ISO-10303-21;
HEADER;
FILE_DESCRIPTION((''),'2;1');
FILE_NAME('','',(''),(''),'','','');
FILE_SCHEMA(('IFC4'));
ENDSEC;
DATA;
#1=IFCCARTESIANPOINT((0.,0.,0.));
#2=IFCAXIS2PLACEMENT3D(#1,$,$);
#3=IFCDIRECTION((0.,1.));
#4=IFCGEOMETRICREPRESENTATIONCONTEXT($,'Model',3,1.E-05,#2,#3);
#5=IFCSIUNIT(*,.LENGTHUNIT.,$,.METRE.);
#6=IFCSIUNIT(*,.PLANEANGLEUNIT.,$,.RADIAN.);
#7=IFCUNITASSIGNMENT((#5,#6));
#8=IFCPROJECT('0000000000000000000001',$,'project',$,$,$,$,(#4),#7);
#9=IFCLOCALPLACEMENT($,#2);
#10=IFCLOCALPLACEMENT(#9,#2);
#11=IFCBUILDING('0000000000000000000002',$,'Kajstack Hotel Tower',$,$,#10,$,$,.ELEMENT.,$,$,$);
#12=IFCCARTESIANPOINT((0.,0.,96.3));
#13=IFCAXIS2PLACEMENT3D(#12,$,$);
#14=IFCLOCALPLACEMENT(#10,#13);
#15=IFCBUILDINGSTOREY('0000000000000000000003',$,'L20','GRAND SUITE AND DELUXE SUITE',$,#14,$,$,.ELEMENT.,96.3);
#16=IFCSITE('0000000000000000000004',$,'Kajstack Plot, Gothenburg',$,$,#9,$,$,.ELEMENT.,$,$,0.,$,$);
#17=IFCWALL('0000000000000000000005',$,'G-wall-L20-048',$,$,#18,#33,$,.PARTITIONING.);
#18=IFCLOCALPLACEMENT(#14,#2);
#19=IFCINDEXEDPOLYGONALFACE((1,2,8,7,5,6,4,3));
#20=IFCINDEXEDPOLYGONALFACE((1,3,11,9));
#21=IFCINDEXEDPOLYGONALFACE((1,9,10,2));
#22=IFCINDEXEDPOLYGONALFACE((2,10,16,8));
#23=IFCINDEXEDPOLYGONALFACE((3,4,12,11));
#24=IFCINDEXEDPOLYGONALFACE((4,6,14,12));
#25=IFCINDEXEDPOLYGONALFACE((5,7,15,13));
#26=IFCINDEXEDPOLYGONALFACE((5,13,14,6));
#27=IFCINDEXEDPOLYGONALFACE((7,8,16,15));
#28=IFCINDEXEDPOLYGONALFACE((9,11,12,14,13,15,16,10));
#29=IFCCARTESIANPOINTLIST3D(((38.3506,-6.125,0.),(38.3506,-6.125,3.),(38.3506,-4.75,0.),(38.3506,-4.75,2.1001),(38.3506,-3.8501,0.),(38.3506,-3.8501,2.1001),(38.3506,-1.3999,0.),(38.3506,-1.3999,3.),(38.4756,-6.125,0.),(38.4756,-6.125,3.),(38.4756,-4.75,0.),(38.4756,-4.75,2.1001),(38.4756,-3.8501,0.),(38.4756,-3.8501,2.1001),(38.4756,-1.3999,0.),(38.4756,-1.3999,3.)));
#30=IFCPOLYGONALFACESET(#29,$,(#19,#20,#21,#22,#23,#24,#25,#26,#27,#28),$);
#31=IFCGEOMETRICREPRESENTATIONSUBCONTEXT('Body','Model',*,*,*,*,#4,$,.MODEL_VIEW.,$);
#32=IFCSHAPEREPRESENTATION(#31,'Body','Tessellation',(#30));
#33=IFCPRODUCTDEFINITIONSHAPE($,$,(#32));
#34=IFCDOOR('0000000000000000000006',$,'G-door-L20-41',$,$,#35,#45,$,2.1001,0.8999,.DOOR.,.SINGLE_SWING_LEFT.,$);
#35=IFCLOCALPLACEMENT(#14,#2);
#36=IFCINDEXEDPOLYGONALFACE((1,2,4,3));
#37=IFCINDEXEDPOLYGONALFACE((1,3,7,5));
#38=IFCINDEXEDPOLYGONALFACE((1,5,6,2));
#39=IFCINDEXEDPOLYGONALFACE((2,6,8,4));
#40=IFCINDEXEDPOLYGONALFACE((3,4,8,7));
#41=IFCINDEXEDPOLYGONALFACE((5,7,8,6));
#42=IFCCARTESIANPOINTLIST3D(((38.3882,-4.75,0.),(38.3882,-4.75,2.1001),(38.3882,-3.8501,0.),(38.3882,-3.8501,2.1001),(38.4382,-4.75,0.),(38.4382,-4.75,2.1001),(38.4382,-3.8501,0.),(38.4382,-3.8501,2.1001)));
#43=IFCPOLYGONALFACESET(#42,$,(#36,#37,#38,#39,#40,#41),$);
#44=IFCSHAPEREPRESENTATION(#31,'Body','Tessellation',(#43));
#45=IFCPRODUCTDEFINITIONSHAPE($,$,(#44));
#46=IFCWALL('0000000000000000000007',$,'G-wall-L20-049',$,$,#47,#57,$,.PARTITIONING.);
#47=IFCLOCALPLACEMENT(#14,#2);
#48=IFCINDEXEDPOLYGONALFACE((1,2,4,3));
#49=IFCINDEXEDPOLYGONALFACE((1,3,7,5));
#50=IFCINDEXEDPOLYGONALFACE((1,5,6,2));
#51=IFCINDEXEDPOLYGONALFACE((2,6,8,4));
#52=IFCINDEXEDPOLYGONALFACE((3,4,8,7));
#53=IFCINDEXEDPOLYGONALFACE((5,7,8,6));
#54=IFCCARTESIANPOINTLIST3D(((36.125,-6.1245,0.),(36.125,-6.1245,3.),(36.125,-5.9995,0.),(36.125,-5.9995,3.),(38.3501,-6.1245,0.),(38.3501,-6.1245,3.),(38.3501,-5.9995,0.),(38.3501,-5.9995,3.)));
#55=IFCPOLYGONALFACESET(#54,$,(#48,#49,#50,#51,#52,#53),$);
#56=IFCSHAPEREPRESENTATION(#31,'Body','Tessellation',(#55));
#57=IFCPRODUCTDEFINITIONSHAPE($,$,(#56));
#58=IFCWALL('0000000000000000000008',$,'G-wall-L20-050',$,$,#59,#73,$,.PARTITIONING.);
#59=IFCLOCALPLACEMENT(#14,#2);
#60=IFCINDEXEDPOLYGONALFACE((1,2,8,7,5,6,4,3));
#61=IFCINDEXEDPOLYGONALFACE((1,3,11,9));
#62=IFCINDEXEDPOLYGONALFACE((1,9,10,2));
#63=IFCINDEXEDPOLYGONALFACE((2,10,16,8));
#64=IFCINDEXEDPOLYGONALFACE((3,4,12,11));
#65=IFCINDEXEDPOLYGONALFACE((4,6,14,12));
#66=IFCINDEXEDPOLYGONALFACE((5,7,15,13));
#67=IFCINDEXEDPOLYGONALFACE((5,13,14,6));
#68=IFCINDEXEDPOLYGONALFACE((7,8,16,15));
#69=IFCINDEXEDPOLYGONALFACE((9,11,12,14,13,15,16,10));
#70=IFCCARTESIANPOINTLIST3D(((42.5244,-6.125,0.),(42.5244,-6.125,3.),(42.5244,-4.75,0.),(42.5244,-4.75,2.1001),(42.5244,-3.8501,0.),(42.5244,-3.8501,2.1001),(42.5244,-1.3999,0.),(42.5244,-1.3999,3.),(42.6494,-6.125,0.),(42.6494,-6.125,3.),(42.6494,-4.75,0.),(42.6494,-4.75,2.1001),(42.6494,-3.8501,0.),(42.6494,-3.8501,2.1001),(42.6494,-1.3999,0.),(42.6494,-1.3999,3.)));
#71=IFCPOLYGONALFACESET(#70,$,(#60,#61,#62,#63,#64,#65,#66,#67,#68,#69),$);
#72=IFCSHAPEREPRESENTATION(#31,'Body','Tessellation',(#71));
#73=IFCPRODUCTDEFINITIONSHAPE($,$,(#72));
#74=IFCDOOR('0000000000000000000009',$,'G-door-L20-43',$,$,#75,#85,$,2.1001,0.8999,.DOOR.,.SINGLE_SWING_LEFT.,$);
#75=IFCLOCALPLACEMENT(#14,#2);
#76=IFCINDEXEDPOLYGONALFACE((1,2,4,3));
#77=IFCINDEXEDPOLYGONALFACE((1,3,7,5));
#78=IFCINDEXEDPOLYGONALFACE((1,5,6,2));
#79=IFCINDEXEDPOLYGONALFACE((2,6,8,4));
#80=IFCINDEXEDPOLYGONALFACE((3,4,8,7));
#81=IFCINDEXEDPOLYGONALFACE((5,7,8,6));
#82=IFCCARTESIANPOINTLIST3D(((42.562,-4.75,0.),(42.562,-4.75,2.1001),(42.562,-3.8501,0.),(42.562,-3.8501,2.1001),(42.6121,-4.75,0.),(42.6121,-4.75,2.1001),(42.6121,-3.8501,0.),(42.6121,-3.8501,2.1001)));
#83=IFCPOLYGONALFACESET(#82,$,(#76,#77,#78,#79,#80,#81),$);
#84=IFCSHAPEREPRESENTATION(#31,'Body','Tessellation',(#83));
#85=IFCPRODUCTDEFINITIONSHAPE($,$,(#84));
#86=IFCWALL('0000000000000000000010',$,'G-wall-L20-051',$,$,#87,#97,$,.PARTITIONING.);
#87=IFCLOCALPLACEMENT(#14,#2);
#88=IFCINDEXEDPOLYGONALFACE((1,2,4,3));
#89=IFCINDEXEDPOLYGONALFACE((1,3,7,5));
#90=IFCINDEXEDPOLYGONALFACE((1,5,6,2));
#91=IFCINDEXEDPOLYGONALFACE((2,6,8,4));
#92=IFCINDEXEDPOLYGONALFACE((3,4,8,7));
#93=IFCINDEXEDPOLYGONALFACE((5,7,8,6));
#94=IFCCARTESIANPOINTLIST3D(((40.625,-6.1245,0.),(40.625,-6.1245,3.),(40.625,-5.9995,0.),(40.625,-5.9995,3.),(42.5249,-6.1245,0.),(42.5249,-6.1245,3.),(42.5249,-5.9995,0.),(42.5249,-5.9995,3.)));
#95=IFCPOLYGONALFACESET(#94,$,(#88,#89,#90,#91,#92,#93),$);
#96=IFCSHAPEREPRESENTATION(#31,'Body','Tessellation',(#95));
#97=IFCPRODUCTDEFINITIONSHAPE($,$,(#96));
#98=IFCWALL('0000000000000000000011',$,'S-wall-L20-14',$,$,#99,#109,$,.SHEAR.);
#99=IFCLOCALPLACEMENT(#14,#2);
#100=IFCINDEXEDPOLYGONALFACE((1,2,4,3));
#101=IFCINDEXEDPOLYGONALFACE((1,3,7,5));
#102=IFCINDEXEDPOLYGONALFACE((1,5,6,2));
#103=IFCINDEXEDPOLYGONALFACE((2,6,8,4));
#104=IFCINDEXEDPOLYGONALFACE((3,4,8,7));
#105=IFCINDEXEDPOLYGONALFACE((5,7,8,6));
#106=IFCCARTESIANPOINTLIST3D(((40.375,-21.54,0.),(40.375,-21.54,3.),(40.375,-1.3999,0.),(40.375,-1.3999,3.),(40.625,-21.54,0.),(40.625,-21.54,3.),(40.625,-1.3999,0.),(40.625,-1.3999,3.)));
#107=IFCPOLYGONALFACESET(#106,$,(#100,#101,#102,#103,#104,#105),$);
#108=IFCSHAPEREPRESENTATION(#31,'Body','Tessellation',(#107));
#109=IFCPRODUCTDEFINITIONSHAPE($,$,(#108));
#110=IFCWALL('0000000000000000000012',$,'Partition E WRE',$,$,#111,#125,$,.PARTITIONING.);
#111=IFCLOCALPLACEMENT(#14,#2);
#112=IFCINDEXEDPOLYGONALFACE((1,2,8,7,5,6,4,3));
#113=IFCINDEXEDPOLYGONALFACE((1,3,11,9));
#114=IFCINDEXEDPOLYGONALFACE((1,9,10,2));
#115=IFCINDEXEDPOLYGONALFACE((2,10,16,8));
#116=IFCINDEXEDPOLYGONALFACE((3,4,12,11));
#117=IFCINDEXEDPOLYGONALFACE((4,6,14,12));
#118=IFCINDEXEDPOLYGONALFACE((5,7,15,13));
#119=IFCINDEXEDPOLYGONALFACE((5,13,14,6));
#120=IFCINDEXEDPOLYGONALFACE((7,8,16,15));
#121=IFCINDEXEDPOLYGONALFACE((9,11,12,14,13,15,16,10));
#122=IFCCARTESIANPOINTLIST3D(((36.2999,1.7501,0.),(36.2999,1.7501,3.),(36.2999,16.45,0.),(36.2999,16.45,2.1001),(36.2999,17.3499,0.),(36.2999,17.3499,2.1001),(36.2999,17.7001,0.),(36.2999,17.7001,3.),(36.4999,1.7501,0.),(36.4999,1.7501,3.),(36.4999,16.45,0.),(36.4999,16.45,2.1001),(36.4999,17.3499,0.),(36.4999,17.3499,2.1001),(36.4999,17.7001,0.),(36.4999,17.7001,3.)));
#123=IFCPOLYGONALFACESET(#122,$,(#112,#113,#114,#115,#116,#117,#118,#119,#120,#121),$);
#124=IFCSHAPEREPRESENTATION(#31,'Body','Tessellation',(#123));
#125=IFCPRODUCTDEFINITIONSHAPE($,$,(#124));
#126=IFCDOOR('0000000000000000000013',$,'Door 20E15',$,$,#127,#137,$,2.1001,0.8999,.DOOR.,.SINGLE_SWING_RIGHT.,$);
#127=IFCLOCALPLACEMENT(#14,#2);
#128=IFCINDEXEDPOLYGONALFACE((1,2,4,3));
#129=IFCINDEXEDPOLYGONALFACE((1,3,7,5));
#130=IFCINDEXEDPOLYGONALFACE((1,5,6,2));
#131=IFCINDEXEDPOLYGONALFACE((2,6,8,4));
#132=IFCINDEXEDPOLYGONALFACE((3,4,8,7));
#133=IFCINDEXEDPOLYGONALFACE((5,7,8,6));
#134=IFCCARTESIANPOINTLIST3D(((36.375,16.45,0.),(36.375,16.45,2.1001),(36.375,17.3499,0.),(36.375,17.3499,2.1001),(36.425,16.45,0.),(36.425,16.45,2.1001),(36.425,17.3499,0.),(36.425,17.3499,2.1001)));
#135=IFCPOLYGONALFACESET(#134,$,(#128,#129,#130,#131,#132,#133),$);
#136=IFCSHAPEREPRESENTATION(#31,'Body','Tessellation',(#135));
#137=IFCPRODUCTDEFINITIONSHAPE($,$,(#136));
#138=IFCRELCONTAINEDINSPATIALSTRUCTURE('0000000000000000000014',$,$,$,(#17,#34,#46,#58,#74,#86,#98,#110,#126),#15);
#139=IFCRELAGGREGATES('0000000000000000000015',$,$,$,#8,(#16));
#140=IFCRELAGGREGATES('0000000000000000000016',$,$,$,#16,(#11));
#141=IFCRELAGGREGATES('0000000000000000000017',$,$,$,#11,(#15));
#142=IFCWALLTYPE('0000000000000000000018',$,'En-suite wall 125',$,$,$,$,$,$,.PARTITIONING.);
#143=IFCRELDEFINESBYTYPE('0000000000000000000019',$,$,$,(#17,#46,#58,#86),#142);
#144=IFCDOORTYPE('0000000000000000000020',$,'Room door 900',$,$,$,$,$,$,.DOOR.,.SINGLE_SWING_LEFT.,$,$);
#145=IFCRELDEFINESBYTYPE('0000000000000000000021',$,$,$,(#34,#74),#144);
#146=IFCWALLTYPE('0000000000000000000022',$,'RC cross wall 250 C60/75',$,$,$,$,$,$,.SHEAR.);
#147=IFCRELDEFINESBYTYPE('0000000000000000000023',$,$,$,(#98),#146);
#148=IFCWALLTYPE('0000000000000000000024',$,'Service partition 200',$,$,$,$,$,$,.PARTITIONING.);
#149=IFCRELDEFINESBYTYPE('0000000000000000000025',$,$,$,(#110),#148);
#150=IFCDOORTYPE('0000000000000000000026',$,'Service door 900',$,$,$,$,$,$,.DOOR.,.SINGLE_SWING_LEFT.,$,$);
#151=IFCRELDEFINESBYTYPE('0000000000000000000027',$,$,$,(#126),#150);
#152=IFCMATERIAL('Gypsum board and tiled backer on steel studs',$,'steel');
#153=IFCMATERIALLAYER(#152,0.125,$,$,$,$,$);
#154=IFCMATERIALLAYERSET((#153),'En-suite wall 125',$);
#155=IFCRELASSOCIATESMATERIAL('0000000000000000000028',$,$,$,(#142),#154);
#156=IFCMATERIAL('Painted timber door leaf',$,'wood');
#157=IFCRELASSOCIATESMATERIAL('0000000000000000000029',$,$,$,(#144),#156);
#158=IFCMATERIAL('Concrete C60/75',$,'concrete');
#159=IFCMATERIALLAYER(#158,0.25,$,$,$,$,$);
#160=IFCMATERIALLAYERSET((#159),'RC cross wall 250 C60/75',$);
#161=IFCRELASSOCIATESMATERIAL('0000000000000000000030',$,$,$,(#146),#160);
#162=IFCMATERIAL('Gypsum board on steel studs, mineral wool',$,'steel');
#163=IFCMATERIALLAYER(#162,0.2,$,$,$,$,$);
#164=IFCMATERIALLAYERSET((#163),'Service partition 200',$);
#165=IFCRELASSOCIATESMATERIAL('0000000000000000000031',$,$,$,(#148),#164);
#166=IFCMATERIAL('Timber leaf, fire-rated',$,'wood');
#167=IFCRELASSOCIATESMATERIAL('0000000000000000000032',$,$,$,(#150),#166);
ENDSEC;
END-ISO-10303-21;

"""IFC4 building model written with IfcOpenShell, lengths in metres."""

from ifc_helpers import new_model, si_unit, direction, frame, frame_2d, origin, place, context, subcontext, project, spatial, rectangle, extrude, material, layer, layer_set, type_object, element, fill, save


model = new_model("IFC4")

# Units and contexts
model_context = context("Model", 3, precision=1e-05, world=origin(), true_north=direction((0.0, 1.0)))
body_context = subcontext(model_context, "Body", "Model", "MODEL_VIEW")
ifc_project = project(units=[si_unit("LENGTHUNIT", "METRE"), si_unit("PLANEANGLEUNIT", "RADIAN")], contexts=[model_context])

# Site, building, storey
site_placement = place(None, origin())
site = spatial("IfcSite", under=ifc_project, at=site_placement, Name="Kajstack Plot, Gothenburg", CompositionType="ELEMENT", RefElevation=0.0)
building_placement = place(site_placement, origin())
building = spatial("IfcBuilding", under=site, at=building_placement, Name="Kajstack Hotel Tower", CompositionType="ELEMENT")
storey_placement = place(building_placement, frame((0.0, 0.0, 96.3)))
storey = spatial("IfcBuildingStorey", under=building, at=storey_placement, Name="L20", Description="GRAND SUITE AND DELUXE SUITE", CompositionType="ELEMENT", Elevation=96.3)

# Wall, opening, door
ifc_material_1 = material(Name="Gypsum board and tiled backer on steel studs", Category="steel")
ifc_layer_1 = layer(ifc_material_1, 0.125)
ifc_layer_set_1 = layer_set([ifc_layer_1], Name="En-suite wall 125")
wall_type_1 = type_object("IfcWallType", Name="En-suite wall 125", PredefinedType="PARTITIONING", material=ifc_layer_set_1)
wall_1_placement = place(storey_placement, frame((38.4131, -6.125, 0.0), z_axis=(0.0, 0.0, 1.0), x_axis=(0.0, 1.0, 0.0)))
wall_1 = element("IfcWall", 1, at=wall_1_placement, inside=storey, type_object=wall_type_1, Name="G-wall-L20-048", PredefinedType="PARTITIONING", context=body_context, shape_type="SweptSolid", body=[
    extrude(rectangle(XDim=4.7251, YDim=0.125, at=frame_2d((2.3625, 0.0))), origin(), (0.0, 0.0, 1.0), 3.0),
])
opening_1_placement = place(wall_1_placement, frame((1.375, 0.0, 0.0)))
opening_1 = element("IfcOpeningElement", 2, at=opening_1_placement, cuts=wall_1, PredefinedType="OPENING", context=body_context, shape_type="SweptSolid", body=[
    extrude(rectangle(XDim=0.8999, YDim=2.1001, at=frame_2d((0.45, 1.05))), frame((0.0, 0.0725, 0.0), z_axis=(0.0, -1.0, 0.0), x_axis=(1.0, 0.0, 0.0)), (0.0, 0.0, 1.0), 0.145),
])
ifc_material_2 = material(Name="Painted timber door leaf", Category="wood")
door_type_1 = type_object("IfcDoorType", Name="Room door 900", OperationType="SINGLE_SWING_LEFT", PredefinedType="DOOR", material=ifc_material_2)
door_1_placement = place(opening_1_placement, origin())
door_1 = element("IfcDoor", 3, at=door_1_placement, inside=storey, type_object=door_type_1, Name="G-door-L20-41", OperationType="SINGLE_SWING_LEFT", OverallHeight=2.1001, OverallWidth=0.8999, PredefinedType="DOOR", context=body_context, shape_type="SweptSolid", body=[
    extrude(rectangle(XDim=0.8999, YDim=2.1001, at=frame_2d((0.45, 1.05))), frame((0.0, 0.0249, 0.0), z_axis=(0.0, -1.0, 0.0), x_axis=(1.0, 0.0, 0.0)), (0.0, 0.0, 1.0), 0.05),
])
fill(opening_1, door_1)

# Wall
wall_2_placement = place(storey_placement, frame((36.125, -6.062, 0.0), z_axis=(0.0, 0.0, 1.0), x_axis=(1.0, 0.0, 0.0)))
element("IfcWall", 4, at=wall_2_placement, inside=storey, type_object=wall_type_1, Name="G-wall-L20-049", PredefinedType="PARTITIONING", context=body_context, shape_type="SweptSolid", body=[
    extrude(rectangle(XDim=2.2251, YDim=0.125, at=frame_2d((1.1125, 0.0))), origin(), (0.0, 0.0, 1.0), 3.0),
])

# Wall, opening, door
wall_3_placement = place(storey_placement, frame((42.5869, -6.125, 0.0), z_axis=(0.0, 0.0, 1.0), x_axis=(0.0, 1.0, 0.0)))
wall_3 = element("IfcWall", 5, at=wall_3_placement, inside=storey, type_object=wall_type_1, Name="G-wall-L20-050", PredefinedType="PARTITIONING", context=body_context, shape_type="SweptSolid", body=[
    extrude(rectangle(XDim=4.7251, YDim=0.125, at=frame_2d((2.3625, 0.0))), origin(), (0.0, 0.0, 1.0), 3.0),
])
opening_2_placement = place(wall_3_placement, frame((1.375, 0.0, 0.0)))
opening_2 = element("IfcOpeningElement", 6, at=opening_2_placement, cuts=wall_3, PredefinedType="OPENING", context=body_context, shape_type="SweptSolid", body=[
    extrude(rectangle(XDim=0.8999, YDim=2.1001, at=frame_2d((0.45, 1.05))), frame((0.0, 0.0725, 0.0), z_axis=(0.0, -1.0, 0.0), x_axis=(1.0, 0.0, 0.0)), (0.0, 0.0, 1.0), 0.145),
])
door_2_placement = place(opening_2_placement, origin())
door_2 = element("IfcDoor", 7, at=door_2_placement, inside=storey, type_object=door_type_1, Name="G-door-L20-43", OperationType="SINGLE_SWING_LEFT", OverallHeight=2.1001, OverallWidth=0.8999, PredefinedType="DOOR", context=body_context, shape_type="SweptSolid", body=[
    extrude(rectangle(XDim=0.8999, YDim=2.1001, at=frame_2d((0.45, 1.05))), frame((0.0, 0.0249, 0.0), z_axis=(0.0, -1.0, 0.0), x_axis=(1.0, 0.0, 0.0)), (0.0, 0.0, 1.0), 0.05),
])
fill(opening_2, door_2)

# Walls
wall_4_placement = place(storey_placement, frame((40.625, -6.062, 0.0), z_axis=(0.0, 0.0, 1.0), x_axis=(1.0, 0.0, 0.0)))
element("IfcWall", 8, at=wall_4_placement, inside=storey, type_object=wall_type_1, Name="G-wall-L20-051", PredefinedType="PARTITIONING", context=body_context, shape_type="SweptSolid", body=[
    extrude(rectangle(XDim=1.8999, YDim=0.125, at=frame_2d((0.95, 0.0))), origin(), (0.0, 0.0, 1.0), 3.0),
])
ifc_material_3 = material(Name="Concrete C60/75", Category="concrete")
ifc_layer_2 = layer(ifc_material_3, 0.25)
ifc_layer_set_2 = layer_set([ifc_layer_2], Name="RC cross wall 250 C60/75")
wall_type_2 = type_object("IfcWallType", Name="RC cross wall 250 C60/75", PredefinedType="SHEAR", material=ifc_layer_set_2)
wall_5_placement = place(storey_placement, frame((40.5, -21.54, 0.0), z_axis=(0.0, 0.0, 1.0), x_axis=(0.0, 1.0, 0.0)))
element("IfcWall", 9, at=wall_5_placement, inside=storey, type_object=wall_type_2, Name="S-wall-L20-14", PredefinedType="SHEAR", context=body_context, shape_type="SweptSolid", body=[
    extrude(rectangle(XDim=20.1401, YDim=0.25, at=frame_2d((10.0701, 0.0))), origin(), (0.0, 0.0, 1.0), 3.0),
])

# Wall, opening, door
ifc_material_4 = material(Name="Gypsum board on steel studs, mineral wool", Category="steel")
ifc_layer_3 = layer(ifc_material_4, 0.2)
ifc_layer_set_3 = layer_set([ifc_layer_3], Name="Service partition 200")
wall_type_3 = type_object("IfcWallType", Name="Service partition 200", PredefinedType="PARTITIONING", material=ifc_layer_set_3)
wall_6_placement = place(storey_placement, frame((36.3999, 1.75, 0.0), z_axis=(0.0, 0.0, 1.0), x_axis=(0.0, 1.0, 0.0)))
wall_6 = element("IfcWall", 10, at=wall_6_placement, inside=storey, type_object=wall_type_3, Name="Partition E WRE", PredefinedType="PARTITIONING", context=body_context, shape_type="SweptSolid", body=[
    extrude(rectangle(XDim=15.95, YDim=0.2, at=frame_2d((7.9751, 0.0))), origin(), (0.0, 0.0, 1.0), 3.0),
])
opening_3_placement = place(wall_6_placement, frame((14.7, 0.0, 0.0)))
opening_3 = element("IfcOpeningElement", 11, at=opening_3_placement, cuts=wall_6, PredefinedType="OPENING", context=body_context, shape_type="SweptSolid", body=[
    extrude(rectangle(XDim=0.8999, YDim=2.1001, at=frame_2d((0.45, 1.05))), frame((0.0, 0.1099, 0.0), z_axis=(0.0, -1.0, 0.0), x_axis=(1.0, 0.0, 0.0)), (0.0, 0.0, 1.0), 0.22),
])
ifc_material_5 = material(Name="Timber leaf, fire-rated", Category="wood")
door_type_2 = type_object("IfcDoorType", Name="Service door 900", OperationType="SINGLE_SWING_LEFT", PredefinedType="DOOR", material=ifc_material_5)
door_3_placement = place(opening_3_placement, origin())
door_3 = element("IfcDoor", 12, at=door_3_placement, inside=storey, type_object=door_type_2, Name="Door 20E15", OperationType="SINGLE_SWING_RIGHT", OverallHeight=2.1001, OverallWidth=0.8999, PredefinedType="DOOR", context=body_context, shape_type="SweptSolid", body=[
    extrude(rectangle(XDim=0.8999, YDim=2.1001, at=frame_2d((0.45, 1.05))), frame((0.0, 0.0249, 0.0), z_axis=(0.0, -1.0, 0.0), x_axis=(1.0, 0.0, 0.0)), (0.0, 0.0, 1.0), 0.05),
])
fill(opening_3, door_3)

save(model, "model.ifc")
